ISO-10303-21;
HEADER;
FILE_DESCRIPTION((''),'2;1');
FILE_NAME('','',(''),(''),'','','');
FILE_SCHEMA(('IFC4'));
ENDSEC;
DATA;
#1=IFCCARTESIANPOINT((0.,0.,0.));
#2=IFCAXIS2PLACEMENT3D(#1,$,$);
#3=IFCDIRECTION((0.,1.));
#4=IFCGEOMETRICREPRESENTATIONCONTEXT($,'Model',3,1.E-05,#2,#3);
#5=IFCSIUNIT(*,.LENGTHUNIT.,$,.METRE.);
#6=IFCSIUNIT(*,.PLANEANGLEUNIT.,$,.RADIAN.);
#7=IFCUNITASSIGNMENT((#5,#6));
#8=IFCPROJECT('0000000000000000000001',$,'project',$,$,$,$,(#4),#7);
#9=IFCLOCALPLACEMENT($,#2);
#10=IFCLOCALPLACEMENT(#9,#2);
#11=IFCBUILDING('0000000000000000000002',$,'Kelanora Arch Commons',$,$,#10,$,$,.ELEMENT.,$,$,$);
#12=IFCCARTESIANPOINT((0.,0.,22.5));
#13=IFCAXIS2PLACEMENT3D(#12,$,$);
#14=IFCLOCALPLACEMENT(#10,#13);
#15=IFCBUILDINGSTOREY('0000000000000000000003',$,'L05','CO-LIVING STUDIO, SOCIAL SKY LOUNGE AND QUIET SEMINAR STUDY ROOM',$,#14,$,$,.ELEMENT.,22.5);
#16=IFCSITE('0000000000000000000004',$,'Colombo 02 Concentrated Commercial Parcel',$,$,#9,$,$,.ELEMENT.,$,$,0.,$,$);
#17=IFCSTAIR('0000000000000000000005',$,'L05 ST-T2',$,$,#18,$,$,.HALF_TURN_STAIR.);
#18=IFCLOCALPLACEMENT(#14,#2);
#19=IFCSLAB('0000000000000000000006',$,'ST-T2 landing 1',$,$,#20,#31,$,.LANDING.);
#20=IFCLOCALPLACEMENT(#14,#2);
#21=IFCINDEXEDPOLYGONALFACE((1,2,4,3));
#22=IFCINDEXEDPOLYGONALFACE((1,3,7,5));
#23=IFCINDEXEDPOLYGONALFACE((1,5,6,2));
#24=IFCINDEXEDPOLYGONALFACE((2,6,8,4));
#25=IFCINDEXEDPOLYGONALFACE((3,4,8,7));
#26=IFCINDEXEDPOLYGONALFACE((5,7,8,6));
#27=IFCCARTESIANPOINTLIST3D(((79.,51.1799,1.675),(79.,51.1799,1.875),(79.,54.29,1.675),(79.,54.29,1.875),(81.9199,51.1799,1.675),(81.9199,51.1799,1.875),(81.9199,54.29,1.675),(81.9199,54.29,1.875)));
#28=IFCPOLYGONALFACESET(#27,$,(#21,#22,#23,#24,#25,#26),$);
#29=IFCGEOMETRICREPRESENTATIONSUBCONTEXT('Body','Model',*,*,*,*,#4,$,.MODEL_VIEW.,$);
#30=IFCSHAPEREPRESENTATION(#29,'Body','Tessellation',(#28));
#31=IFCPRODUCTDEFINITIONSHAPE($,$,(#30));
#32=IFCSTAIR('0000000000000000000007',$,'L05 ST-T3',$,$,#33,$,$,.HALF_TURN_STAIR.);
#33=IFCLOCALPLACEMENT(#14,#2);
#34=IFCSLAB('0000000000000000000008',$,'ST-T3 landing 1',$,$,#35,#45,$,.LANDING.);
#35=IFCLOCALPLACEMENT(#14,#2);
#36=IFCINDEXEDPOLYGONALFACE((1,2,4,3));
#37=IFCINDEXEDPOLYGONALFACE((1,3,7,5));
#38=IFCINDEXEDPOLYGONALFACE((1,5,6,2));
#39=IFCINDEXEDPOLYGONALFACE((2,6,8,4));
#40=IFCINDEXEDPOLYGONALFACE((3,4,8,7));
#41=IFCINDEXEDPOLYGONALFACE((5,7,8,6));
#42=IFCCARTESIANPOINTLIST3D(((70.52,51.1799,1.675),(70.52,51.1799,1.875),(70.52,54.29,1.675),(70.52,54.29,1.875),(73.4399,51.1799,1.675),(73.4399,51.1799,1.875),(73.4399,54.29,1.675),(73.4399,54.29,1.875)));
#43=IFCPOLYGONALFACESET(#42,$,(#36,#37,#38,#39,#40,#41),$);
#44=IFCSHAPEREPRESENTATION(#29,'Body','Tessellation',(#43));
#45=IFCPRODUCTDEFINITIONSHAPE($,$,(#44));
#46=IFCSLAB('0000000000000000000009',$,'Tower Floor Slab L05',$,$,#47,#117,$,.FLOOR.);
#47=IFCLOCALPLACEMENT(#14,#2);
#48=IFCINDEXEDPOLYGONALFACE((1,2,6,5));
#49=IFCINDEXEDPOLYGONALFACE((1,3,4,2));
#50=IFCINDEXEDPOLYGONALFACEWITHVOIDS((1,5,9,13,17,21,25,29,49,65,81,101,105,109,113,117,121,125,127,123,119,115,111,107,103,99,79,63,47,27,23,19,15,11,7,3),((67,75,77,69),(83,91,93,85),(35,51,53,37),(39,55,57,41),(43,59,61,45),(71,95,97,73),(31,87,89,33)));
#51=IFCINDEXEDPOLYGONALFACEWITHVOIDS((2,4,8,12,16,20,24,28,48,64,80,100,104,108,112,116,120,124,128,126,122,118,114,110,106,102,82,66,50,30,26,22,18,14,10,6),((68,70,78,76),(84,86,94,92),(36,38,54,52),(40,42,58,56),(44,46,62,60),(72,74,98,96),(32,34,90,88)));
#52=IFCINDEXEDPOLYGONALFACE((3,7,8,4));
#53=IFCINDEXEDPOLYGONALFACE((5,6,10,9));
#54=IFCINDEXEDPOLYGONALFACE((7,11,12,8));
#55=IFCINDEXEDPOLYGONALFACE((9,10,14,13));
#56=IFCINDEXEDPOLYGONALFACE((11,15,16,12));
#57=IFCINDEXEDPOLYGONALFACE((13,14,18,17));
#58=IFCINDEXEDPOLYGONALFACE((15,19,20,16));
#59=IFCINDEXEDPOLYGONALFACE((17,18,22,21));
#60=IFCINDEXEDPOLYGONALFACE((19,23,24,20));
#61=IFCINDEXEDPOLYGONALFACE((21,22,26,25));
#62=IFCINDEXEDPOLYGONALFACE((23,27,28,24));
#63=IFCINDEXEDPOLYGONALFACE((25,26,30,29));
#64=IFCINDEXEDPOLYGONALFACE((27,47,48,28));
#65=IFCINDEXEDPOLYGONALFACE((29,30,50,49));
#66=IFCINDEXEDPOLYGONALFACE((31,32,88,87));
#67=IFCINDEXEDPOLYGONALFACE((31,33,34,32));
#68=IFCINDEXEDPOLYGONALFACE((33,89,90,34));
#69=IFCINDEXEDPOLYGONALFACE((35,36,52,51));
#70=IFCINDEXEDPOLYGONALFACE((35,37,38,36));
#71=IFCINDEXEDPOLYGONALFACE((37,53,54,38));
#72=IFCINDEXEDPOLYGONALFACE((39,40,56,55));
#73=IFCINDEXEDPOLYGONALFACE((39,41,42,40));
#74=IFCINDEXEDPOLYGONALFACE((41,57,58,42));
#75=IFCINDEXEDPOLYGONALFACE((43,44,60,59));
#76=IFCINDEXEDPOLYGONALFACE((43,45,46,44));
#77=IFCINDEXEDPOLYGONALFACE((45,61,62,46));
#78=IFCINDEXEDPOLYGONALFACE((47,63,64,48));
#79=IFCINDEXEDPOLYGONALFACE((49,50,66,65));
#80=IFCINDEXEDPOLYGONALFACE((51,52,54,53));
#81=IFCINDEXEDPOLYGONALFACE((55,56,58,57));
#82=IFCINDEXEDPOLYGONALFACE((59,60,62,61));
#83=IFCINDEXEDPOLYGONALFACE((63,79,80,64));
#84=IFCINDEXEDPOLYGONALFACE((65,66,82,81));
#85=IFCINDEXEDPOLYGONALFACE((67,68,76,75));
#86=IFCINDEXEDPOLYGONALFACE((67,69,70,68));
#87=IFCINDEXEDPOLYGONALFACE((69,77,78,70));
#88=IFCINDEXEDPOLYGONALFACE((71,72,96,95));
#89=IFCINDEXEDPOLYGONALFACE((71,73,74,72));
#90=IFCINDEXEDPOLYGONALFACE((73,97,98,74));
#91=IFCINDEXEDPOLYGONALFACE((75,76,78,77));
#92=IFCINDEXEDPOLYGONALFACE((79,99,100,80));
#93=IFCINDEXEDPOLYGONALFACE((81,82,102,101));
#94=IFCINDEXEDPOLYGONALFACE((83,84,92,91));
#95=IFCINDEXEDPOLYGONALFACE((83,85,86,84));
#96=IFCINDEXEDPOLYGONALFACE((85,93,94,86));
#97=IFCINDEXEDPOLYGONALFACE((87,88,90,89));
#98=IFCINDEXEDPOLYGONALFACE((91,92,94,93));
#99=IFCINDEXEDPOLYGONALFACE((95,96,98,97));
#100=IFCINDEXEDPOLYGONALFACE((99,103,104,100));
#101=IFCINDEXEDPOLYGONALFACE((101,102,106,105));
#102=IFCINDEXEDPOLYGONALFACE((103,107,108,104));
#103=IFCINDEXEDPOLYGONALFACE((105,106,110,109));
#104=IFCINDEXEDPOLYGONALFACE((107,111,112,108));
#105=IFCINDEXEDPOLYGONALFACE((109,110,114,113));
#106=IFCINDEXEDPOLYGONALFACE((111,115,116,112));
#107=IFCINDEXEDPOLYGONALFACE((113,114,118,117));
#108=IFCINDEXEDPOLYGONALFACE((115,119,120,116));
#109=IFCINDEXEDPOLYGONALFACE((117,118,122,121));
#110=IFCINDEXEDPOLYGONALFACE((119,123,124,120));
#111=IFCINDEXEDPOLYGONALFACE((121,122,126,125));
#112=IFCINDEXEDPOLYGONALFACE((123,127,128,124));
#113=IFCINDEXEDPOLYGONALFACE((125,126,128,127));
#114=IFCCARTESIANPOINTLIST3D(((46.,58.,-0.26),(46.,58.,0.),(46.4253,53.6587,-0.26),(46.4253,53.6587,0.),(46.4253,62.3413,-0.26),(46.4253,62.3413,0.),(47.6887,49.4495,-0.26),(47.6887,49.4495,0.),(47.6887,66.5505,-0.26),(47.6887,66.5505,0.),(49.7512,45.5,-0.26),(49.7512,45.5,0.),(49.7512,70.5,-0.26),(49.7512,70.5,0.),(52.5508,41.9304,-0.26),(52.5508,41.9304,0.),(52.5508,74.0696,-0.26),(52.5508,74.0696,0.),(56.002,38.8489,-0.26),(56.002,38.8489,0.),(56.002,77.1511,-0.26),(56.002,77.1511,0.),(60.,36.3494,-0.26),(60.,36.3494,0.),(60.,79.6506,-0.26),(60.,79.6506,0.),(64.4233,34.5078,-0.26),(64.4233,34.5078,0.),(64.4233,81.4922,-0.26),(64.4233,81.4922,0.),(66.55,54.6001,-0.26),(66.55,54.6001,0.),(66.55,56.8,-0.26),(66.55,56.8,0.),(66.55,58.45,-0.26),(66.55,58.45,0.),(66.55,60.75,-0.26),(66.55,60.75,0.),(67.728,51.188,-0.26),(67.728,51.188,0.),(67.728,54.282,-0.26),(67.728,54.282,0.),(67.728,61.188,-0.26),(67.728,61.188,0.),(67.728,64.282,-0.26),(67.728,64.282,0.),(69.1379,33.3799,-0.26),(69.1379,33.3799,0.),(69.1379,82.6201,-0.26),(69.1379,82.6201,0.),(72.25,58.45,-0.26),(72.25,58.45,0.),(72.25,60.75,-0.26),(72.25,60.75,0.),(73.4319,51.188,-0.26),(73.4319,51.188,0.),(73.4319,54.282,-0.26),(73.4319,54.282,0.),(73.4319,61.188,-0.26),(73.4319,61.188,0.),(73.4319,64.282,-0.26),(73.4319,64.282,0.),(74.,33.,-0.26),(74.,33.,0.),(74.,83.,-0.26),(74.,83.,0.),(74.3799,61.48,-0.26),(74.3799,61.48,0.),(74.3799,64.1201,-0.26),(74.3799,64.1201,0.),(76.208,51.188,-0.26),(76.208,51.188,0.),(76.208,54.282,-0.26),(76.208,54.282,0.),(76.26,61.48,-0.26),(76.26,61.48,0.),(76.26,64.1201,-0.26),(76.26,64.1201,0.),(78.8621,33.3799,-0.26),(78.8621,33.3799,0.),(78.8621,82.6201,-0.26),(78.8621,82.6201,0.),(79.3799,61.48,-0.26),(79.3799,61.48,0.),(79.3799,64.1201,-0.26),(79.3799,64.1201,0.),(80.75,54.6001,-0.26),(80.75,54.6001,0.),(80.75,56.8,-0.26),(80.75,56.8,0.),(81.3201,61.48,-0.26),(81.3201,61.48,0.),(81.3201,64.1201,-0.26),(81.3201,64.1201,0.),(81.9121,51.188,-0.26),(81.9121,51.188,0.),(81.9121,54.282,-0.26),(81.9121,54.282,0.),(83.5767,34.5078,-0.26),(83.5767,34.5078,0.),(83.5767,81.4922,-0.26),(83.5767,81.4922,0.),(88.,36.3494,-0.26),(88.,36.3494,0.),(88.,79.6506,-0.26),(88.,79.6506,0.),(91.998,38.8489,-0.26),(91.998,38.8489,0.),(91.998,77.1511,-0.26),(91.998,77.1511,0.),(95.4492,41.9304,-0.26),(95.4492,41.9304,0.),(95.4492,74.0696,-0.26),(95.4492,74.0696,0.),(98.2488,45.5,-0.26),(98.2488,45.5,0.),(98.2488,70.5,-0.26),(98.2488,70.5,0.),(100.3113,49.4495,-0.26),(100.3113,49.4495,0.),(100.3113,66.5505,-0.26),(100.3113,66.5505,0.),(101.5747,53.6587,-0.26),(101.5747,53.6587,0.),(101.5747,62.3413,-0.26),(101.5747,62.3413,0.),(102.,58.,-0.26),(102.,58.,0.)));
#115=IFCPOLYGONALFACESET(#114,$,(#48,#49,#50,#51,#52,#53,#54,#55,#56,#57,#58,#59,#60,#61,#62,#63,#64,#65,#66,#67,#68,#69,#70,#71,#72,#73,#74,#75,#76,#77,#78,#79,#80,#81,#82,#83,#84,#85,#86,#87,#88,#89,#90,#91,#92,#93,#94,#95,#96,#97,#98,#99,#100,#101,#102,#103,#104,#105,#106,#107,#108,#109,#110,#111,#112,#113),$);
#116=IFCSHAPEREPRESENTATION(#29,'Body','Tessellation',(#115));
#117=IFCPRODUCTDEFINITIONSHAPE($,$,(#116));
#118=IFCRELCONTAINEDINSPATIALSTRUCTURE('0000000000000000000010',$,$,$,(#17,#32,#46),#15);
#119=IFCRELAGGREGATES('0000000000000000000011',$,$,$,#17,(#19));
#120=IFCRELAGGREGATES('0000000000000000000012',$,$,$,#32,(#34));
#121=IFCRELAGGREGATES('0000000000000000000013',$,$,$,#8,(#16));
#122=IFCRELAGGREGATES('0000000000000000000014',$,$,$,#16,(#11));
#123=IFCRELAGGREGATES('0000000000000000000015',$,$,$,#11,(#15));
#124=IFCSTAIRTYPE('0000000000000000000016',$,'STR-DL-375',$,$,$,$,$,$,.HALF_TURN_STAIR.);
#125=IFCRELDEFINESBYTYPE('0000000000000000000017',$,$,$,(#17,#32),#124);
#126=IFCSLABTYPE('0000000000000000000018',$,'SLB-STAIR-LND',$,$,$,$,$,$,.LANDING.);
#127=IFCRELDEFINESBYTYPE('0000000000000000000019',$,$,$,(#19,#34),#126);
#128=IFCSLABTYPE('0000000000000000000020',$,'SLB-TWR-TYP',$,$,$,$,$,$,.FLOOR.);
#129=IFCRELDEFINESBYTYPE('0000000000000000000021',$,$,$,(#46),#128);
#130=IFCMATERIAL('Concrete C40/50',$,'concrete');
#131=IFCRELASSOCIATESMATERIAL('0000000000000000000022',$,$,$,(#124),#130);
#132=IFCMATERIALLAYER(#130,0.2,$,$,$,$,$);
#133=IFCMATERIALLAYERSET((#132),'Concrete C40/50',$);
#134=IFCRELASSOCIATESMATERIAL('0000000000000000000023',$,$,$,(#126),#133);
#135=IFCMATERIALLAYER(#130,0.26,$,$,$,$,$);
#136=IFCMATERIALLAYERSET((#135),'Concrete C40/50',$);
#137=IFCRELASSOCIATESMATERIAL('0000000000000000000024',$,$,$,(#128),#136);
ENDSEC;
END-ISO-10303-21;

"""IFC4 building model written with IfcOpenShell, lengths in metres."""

from ifc_helpers import new_model, si_unit, direction, frame, origin, place, context, subcontext, project, spatial, polyline, outline, extrude, material, layer, layer_set, type_object, element, aggregate, save


model = new_model("IFC4")

# Units and contexts
model_context = context("Model", 3, precision=1e-05, world=origin(), true_north=direction((0.0, 1.0)))
body_context = subcontext(model_context, "Body", "Model", "MODEL_VIEW")
ifc_project = project(units=[si_unit("LENGTHUNIT", "METRE"), si_unit("PLANEANGLEUNIT", "RADIAN")], contexts=[model_context])

# Site, building, storey
site_placement = place(None, origin())
site = spatial("IfcSite", under=ifc_project, at=site_placement, Name="Colombo 02 Concentrated Commercial Parcel", CompositionType="ELEMENT", RefElevation=0.0)
building_placement = place(site_placement, origin())
building = spatial("IfcBuilding", under=site, at=building_placement, Name="Kelanora Arch Commons", CompositionType="ELEMENT")
storey_placement = place(building_placement, frame((0.0, 0.0, 22.5)))
storey = spatial("IfcBuildingStorey", under=building, at=storey_placement, Name="L05", Description="CO-LIVING STUDIO, SOCIAL SKY LOUNGE AND QUIET SEMINAR STUDY ROOM", CompositionType="ELEMENT", Elevation=22.5)

# Shared definitions
ifc_material_1 = material(Name="Concrete C40/50", Category="concrete")

# Stairs, slabs
stair_type = type_object("IfcStairType", Name="STR-DL-375", PredefinedType="HALF_TURN_STAIR", material=ifc_material_1)
ifc_layer_1 = layer(ifc_material_1, 0.2)
ifc_layer_set_1 = layer_set([ifc_layer_1], Name="Concrete C40/50")
slab_type_1 = type_object("IfcSlabType", Name="SLB-STAIR-LND", PredefinedType="LANDING", material=ifc_layer_set_1)
stair_1_placement = place(storey_placement, origin())
stair_1 = element("IfcStair", 1, at=stair_1_placement, inside=storey, type_object=stair_type, Name="L05 ST-T2", PredefinedType="HALF_TURN_STAIR")
slab_1_placement = place(storey_placement, frame((0.0, 0.0, 1.675)))
slab_1 = element("IfcSlab", 2, at=slab_1_placement, type_object=slab_type_1, Name="ST-T2 landing 1", PredefinedType="LANDING", context=body_context, shape_type="SweptSolid", body=[
    extrude(outline(polyline([(79.0, 51.1799), (81.9199, 51.1799), (81.9199, 54.29), (79.0, 54.29), (79.0, 51.1799)])), origin(), (0.0, 0.0, 1.0), 0.2),
])
aggregate(stair_1, [slab_1])
stair_2_placement = place(storey_placement, origin())
stair_2 = element("IfcStair", 3, at=stair_2_placement, inside=storey, type_object=stair_type, Name="L05 ST-T3", PredefinedType="HALF_TURN_STAIR")
slab_2_placement = place(storey_placement, frame((0.0, 0.0, 1.675)))
slab_2 = element("IfcSlab", 4, at=slab_2_placement, type_object=slab_type_1, Name="ST-T3 landing 1", PredefinedType="LANDING", context=body_context, shape_type="SweptSolid", body=[
    extrude(outline(polyline([(70.52, 51.1799), (73.4399, 51.1799), (73.4399, 54.29), (70.52, 54.29), (70.52, 51.1799)])), origin(), (0.0, 0.0, 1.0), 0.2),
])
aggregate(stair_2, [slab_2])

# Slab
ifc_layer_2 = layer(ifc_material_1, 0.26)
ifc_layer_set_2 = layer_set([ifc_layer_2], Name="Concrete C40/50")
slab_type_2 = type_object("IfcSlabType", Name="SLB-TWR-TYP", PredefinedType="FLOOR", material=ifc_layer_set_2)
slab_3_placement = place(storey_placement, frame((0.0, 0.0, -0.26)))
element("IfcSlab", 5, at=slab_3_placement, inside=storey, type_object=slab_type_2, Name="Tower Floor Slab L05", PredefinedType="FLOOR", context=body_context, shape_type="SweptSolid", body=[
    extrude(outline(polyline([(102.0, 58.0), (101.5747, 62.3413), (100.3113, 66.5505), (98.2488, 70.5), (95.4492, 74.0696), (91.998, 77.1511), (88.0, 79.6506), (83.5767, 81.4922), (78.8621, 82.6201), (74.0, 83.0), (69.1379, 82.6201), (64.4233, 81.4922), (60.0, 79.6506), (56.002, 77.1511), (52.5508, 74.0696), (49.7512, 70.5), (47.6887, 66.5505), (46.4253, 62.3413), (46.0, 58.0), (46.4253, 53.6587), (47.6887, 49.4495), (49.7512, 45.5), (52.5508, 41.9304), (56.002, 38.8489), (60.0, 36.3494), (64.4233, 34.5078), (69.1379, 33.3799), (74.0, 33.0), (78.8621, 33.3799), (83.5767, 34.5078), (88.0, 36.3494), (91.998, 38.8489), (95.4492, 41.9304), (98.2488, 45.5), (100.3113, 49.4495), (101.5747, 53.6587), (102.0, 58.0)]), holes=[polyline([(73.4319, 51.188), (67.728, 51.188), (67.728, 54.282), (73.4319, 54.282), (73.4319, 51.188)]), polyline([(76.208, 51.188), (76.208, 54.282), (81.9121, 54.282), (81.9121, 51.188), (76.208, 51.188)]), polyline([(66.55, 54.6001), (66.55, 56.8), (80.75, 56.8), (80.75, 54.6001), (66.55, 54.6001)]), polyline([(66.55, 58.45), (66.55, 60.75), (72.25, 60.75), (72.25, 58.45), (66.55, 58.45)]), polyline([(67.728, 61.188), (67.728, 64.282), (73.4319, 64.282), (73.4319, 61.188), (67.728, 61.188)]), polyline([(74.3799, 61.48), (74.3799, 64.1201), (76.26, 64.1201), (76.26, 61.48), (74.3799, 61.48)]), polyline([(79.3799, 61.48), (79.3799, 64.1201), (81.3201, 64.1201), (81.3201, 61.48), (79.3799, 61.48)])]), origin(), (0.0, 0.0, 1.0), 0.26),
])

save(model, "model.ifc")
